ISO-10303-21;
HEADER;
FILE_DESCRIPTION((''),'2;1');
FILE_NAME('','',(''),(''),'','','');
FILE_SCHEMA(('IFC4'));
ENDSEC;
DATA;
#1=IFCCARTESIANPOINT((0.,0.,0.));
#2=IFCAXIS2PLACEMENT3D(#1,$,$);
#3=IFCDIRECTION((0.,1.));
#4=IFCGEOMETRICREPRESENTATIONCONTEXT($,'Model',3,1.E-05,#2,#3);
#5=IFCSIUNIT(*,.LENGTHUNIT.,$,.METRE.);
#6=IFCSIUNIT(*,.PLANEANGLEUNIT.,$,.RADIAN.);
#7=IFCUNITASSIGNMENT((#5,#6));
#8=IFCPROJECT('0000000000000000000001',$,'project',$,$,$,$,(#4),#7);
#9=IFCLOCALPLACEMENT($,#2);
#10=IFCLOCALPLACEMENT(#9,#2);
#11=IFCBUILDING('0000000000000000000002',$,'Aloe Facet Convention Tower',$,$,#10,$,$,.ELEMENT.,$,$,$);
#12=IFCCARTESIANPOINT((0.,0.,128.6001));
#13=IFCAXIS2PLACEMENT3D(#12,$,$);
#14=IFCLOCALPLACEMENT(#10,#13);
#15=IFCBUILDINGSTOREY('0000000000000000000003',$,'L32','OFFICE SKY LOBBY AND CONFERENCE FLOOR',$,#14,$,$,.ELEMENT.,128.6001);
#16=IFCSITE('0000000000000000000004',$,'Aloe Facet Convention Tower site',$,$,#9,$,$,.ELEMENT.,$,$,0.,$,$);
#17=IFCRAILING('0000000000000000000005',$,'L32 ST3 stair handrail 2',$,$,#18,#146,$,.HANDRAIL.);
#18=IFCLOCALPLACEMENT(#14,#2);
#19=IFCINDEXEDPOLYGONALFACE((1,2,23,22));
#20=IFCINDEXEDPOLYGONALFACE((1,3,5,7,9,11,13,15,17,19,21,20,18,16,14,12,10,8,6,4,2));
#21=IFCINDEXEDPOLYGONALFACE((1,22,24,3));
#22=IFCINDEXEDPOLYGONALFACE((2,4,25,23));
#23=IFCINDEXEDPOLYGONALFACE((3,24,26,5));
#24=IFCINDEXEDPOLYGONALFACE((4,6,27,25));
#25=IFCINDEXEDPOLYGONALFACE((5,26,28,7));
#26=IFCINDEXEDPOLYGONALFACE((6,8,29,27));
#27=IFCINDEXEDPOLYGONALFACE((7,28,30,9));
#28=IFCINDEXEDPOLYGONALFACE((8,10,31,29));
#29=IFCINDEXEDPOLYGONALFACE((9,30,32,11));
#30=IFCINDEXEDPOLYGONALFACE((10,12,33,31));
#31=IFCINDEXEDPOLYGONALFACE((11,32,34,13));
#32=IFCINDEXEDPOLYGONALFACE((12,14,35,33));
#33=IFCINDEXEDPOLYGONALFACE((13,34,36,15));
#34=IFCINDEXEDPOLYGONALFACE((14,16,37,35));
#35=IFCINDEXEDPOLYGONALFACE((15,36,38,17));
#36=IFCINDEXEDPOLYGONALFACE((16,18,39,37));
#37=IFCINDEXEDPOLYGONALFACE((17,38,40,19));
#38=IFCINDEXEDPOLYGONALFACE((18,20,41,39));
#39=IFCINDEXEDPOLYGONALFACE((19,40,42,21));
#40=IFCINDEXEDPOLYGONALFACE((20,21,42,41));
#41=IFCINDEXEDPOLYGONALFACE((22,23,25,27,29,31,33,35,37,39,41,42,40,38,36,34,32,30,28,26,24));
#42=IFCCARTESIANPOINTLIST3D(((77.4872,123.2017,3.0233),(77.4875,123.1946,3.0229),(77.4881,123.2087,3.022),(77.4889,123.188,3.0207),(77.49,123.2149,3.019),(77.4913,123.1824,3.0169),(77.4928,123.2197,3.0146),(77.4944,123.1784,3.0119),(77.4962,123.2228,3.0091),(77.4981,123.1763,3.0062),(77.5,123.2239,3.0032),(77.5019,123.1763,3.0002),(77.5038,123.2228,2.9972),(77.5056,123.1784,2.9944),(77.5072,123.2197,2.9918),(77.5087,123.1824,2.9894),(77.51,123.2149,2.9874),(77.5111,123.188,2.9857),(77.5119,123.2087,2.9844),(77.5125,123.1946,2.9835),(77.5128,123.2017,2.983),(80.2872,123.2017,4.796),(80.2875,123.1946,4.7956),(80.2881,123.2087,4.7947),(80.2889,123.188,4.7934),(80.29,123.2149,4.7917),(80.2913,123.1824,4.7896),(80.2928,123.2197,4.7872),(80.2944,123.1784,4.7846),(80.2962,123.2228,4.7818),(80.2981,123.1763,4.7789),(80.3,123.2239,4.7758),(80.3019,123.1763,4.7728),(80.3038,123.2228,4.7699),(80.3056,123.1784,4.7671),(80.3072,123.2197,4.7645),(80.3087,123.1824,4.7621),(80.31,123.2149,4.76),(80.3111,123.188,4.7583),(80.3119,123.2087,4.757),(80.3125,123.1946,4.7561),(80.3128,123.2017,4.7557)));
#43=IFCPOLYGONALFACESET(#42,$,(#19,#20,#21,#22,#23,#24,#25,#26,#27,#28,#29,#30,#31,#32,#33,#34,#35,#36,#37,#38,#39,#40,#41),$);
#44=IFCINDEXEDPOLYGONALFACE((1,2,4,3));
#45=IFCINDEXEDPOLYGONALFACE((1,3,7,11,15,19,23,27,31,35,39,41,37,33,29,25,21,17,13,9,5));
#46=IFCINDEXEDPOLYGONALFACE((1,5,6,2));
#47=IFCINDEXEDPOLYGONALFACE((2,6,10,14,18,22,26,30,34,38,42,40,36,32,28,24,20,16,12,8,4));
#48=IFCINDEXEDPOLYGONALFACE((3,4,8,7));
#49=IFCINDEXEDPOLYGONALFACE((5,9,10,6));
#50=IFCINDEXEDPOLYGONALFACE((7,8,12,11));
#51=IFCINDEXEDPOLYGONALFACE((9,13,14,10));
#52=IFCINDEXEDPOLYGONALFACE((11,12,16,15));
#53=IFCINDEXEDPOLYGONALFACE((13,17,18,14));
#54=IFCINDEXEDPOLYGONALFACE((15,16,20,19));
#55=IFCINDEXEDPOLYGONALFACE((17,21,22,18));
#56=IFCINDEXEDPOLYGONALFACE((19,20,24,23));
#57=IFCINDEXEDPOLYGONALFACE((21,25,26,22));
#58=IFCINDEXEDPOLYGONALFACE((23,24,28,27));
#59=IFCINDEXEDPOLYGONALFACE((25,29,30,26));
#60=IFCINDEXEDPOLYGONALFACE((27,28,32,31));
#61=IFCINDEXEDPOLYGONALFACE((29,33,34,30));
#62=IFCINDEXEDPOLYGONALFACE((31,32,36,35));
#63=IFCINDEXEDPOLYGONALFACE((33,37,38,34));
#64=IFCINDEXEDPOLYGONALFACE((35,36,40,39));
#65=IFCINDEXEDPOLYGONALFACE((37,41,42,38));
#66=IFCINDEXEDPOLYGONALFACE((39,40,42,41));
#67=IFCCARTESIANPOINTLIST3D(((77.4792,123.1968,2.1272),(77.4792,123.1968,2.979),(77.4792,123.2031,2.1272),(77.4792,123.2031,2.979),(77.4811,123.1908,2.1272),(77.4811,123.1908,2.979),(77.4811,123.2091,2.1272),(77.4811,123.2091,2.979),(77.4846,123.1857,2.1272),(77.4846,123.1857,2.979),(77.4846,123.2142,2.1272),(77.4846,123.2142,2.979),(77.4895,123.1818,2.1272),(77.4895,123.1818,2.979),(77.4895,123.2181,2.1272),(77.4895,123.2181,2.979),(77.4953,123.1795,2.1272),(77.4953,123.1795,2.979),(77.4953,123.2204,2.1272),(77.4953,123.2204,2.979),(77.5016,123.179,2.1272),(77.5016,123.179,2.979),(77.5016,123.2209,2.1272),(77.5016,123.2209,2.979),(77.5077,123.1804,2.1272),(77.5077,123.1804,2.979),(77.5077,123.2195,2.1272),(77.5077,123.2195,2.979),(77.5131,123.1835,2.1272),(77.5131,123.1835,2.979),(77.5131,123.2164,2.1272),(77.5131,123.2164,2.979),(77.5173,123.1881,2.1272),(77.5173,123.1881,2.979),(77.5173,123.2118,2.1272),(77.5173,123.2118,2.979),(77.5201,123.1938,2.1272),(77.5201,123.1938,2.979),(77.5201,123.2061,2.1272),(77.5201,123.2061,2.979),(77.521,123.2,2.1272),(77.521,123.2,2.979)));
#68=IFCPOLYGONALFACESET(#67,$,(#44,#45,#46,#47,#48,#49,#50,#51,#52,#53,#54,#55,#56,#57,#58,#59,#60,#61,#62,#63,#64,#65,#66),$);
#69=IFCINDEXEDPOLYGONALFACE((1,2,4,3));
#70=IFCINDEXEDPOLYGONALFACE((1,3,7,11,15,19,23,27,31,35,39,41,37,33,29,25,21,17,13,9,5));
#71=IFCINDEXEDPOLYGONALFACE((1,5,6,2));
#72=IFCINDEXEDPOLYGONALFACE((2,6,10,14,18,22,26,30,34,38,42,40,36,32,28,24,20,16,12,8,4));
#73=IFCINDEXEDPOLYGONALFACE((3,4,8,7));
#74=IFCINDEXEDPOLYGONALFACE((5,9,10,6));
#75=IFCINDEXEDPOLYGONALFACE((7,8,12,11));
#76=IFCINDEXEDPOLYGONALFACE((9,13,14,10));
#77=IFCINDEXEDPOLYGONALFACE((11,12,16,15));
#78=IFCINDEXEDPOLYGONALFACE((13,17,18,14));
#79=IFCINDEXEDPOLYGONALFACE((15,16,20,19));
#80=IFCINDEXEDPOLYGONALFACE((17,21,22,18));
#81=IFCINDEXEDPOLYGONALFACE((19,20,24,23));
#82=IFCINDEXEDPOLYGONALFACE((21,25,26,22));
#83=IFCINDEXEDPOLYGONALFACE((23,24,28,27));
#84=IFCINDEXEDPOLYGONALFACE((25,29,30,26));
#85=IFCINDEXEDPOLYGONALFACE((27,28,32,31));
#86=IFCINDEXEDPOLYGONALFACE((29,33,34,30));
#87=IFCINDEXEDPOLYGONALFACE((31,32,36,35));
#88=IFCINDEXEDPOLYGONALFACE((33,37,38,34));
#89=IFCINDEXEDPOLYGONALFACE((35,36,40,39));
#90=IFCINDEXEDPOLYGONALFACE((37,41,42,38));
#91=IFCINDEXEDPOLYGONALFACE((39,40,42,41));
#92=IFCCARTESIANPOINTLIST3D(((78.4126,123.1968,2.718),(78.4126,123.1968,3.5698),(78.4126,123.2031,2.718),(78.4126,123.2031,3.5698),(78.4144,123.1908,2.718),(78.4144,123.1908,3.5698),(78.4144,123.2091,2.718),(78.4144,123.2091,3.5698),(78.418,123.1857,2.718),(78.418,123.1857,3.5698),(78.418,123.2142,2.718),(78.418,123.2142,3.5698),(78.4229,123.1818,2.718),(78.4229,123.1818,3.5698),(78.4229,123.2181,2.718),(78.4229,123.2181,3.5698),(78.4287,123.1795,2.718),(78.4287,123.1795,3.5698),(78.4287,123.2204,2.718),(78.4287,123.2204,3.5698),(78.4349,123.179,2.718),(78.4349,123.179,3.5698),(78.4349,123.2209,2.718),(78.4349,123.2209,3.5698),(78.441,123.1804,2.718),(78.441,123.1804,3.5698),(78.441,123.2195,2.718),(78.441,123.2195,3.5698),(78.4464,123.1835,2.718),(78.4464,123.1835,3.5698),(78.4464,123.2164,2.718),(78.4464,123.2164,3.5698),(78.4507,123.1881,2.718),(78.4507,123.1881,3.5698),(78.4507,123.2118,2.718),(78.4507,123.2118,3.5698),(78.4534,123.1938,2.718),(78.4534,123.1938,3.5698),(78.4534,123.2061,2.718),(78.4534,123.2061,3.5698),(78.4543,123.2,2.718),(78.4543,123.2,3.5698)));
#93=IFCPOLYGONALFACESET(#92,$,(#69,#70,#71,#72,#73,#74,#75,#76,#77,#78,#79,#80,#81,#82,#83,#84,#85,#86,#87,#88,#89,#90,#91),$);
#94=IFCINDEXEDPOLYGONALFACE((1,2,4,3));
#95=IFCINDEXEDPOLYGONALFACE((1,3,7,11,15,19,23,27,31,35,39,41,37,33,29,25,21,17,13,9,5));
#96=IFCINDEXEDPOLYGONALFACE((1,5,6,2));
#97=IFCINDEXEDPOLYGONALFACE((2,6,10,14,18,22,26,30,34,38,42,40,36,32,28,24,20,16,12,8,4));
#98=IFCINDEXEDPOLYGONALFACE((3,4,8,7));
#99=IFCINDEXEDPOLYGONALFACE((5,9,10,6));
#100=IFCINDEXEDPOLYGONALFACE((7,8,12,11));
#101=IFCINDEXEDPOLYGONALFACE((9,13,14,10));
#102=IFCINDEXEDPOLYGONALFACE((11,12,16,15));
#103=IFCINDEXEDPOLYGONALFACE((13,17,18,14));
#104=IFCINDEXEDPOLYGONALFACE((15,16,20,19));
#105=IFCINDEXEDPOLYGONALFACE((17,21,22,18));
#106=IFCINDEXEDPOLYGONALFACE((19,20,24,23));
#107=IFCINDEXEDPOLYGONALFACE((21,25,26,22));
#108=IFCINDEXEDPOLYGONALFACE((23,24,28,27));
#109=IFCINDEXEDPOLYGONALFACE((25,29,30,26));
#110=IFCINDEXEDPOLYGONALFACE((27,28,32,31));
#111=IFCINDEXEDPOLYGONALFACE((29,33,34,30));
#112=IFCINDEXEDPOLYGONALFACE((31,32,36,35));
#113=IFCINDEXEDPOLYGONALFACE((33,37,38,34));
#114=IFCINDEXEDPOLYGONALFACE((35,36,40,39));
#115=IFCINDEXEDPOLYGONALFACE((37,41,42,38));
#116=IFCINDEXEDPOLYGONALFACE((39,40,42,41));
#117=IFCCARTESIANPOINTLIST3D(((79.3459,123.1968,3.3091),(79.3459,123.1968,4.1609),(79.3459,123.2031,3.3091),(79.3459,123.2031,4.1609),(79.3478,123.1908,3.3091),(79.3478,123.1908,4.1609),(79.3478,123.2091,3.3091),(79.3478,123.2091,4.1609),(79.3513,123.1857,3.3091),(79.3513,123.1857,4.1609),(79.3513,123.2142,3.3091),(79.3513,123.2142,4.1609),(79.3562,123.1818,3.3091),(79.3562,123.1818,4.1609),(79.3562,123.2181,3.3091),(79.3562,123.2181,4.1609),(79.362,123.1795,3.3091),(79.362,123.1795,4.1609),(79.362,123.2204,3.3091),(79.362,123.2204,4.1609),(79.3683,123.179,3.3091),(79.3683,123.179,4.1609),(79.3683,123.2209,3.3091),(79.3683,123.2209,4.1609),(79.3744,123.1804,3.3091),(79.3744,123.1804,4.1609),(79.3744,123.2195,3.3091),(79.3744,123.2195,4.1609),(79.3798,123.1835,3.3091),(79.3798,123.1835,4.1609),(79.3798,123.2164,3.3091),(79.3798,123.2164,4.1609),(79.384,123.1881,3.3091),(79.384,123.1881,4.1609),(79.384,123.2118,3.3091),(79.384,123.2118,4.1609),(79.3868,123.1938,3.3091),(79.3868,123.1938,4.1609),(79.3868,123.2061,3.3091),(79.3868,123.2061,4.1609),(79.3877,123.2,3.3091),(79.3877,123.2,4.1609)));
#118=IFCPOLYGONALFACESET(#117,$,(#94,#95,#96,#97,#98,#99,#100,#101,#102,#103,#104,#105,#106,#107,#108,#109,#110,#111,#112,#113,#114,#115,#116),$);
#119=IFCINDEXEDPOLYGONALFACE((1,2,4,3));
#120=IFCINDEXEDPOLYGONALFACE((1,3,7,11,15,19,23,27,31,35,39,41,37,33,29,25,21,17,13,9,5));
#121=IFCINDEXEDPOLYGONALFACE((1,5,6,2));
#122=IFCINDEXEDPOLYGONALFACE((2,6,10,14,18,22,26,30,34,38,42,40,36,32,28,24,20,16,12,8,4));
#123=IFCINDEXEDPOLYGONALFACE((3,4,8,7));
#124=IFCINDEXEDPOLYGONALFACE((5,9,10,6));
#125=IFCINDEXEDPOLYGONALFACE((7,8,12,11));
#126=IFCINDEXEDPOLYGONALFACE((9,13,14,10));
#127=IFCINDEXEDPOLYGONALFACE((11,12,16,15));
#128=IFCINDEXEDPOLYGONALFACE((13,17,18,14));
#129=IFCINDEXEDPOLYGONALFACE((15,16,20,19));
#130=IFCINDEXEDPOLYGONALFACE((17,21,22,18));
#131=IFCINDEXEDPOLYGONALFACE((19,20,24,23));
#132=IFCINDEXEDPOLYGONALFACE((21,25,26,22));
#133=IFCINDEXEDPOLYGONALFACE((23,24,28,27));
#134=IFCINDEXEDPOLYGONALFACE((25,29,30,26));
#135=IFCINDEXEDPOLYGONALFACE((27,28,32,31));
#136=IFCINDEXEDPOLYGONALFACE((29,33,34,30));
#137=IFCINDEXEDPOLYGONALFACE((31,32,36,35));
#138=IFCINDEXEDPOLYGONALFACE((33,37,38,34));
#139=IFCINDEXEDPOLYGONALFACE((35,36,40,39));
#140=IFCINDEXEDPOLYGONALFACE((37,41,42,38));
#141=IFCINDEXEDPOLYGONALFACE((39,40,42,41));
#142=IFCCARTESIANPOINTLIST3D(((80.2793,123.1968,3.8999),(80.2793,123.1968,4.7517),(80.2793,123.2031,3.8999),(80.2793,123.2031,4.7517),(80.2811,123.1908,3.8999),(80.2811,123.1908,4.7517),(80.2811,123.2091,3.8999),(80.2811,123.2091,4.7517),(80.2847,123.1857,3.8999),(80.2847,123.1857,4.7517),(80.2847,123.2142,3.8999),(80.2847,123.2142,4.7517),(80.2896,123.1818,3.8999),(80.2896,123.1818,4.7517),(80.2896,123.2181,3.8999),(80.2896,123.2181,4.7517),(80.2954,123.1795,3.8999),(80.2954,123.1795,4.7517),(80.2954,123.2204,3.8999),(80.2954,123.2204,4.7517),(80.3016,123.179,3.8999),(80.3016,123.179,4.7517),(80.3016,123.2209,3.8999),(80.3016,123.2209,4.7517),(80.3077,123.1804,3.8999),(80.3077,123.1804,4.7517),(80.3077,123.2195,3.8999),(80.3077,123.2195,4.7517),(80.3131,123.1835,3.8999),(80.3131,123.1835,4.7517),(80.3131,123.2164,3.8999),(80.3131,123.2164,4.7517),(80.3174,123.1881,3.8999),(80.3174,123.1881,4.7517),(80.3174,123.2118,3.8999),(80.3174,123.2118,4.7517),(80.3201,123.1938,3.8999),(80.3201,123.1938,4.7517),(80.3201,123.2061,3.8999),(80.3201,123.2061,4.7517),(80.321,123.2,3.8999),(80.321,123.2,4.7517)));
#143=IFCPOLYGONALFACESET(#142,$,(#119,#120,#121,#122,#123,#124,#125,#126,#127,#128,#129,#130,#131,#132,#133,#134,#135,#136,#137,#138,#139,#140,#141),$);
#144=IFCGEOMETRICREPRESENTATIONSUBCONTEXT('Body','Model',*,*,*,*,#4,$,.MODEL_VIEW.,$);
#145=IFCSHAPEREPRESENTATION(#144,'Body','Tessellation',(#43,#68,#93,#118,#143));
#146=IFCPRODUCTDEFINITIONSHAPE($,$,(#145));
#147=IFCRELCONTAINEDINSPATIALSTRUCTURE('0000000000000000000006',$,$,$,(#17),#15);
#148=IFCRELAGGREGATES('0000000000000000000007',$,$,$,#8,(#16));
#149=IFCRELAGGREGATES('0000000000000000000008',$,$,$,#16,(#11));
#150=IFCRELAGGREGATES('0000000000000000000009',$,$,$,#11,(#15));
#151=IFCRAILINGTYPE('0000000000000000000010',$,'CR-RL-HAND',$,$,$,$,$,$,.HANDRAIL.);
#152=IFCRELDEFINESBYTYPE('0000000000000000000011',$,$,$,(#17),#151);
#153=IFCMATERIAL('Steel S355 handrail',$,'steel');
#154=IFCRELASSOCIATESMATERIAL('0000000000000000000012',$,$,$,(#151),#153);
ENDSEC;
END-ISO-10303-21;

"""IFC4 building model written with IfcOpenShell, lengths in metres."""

from ifc_helpers import new_model, si_unit, direction, frame, origin, origin_2d, place, context, subcontext, project, spatial, circle, extrude, material, type_object, element, save


model = new_model("IFC4")

# Units and contexts
model_context = context("Model", 3, precision=1e-05, world=origin(), true_north=direction((0.0, 1.0)))
body_context = subcontext(model_context, "Body", "Model", "MODEL_VIEW")
ifc_project = project(units=[si_unit("LENGTHUNIT", "METRE"), si_unit("PLANEANGLEUNIT", "RADIAN")], contexts=[model_context])

# Site, building, storey
site_placement = place(None, origin())
site = spatial("IfcSite", under=ifc_project, at=site_placement, Name="Aloe Facet Convention Tower site", CompositionType="ELEMENT", RefElevation=0.0)
building_placement = place(site_placement, origin())
building = spatial("IfcBuilding", under=site, at=building_placement, Name="Aloe Facet Convention Tower", CompositionType="ELEMENT")
storey_placement = place(building_placement, frame((0.0, 0.0, 128.6001)))
storey = spatial("IfcBuildingStorey", under=building, at=storey_placement, Name="L32", Description="OFFICE SKY LOBBY AND CONFERENCE FLOOR", CompositionType="ELEMENT", Elevation=128.6001)

# Railing
ifc_material_1 = material(Name="Steel S355 handrail", Category="steel")
railing_type_1 = type_object("IfcRailingType", Name="CR-RL-HAND", PredefinedType="HANDRAIL", material=ifc_material_1)
railing_1_placement = place(storey_placement, frame((77.5, 123.2, 2.1272)))
element("IfcRailing", 1, at=railing_1_placement, inside=storey, type_object=railing_type_1, Name="L32 ST3 stair handrail 2", PredefinedType="HANDRAIL", context=body_context, shape_type="SweptSolid", body=[
    extrude(circle(Radius=0.0239, at=origin_2d()), frame((0.0, 0.0, 0.876), z_axis=(0.844909, 0.0, 0.53491), x_axis=(0.0, 1.0, 0.0)), (0.0, 0.0, 1.0), 3.314),
    extrude(circle(Radius=0.021, at=origin_2d()), origin(), (0.0, 0.0, 1.0), 0.8518),
    extrude(circle(Radius=0.021, at=origin_2d()), frame((0.9333, 0.0, 0.5908)), (0.0, 0.0, 1.0), 0.8518),
    extrude(circle(Radius=0.021, at=origin_2d()), frame((1.8667, 0.0, 1.1819)), (0.0, 0.0, 1.0), 0.8518),
    extrude(circle(Radius=0.021, at=origin_2d()), frame((2.8, 0.0, 1.7727)), (0.0, 0.0, 1.0), 0.8518),
])

save(model, "model.ifc")
